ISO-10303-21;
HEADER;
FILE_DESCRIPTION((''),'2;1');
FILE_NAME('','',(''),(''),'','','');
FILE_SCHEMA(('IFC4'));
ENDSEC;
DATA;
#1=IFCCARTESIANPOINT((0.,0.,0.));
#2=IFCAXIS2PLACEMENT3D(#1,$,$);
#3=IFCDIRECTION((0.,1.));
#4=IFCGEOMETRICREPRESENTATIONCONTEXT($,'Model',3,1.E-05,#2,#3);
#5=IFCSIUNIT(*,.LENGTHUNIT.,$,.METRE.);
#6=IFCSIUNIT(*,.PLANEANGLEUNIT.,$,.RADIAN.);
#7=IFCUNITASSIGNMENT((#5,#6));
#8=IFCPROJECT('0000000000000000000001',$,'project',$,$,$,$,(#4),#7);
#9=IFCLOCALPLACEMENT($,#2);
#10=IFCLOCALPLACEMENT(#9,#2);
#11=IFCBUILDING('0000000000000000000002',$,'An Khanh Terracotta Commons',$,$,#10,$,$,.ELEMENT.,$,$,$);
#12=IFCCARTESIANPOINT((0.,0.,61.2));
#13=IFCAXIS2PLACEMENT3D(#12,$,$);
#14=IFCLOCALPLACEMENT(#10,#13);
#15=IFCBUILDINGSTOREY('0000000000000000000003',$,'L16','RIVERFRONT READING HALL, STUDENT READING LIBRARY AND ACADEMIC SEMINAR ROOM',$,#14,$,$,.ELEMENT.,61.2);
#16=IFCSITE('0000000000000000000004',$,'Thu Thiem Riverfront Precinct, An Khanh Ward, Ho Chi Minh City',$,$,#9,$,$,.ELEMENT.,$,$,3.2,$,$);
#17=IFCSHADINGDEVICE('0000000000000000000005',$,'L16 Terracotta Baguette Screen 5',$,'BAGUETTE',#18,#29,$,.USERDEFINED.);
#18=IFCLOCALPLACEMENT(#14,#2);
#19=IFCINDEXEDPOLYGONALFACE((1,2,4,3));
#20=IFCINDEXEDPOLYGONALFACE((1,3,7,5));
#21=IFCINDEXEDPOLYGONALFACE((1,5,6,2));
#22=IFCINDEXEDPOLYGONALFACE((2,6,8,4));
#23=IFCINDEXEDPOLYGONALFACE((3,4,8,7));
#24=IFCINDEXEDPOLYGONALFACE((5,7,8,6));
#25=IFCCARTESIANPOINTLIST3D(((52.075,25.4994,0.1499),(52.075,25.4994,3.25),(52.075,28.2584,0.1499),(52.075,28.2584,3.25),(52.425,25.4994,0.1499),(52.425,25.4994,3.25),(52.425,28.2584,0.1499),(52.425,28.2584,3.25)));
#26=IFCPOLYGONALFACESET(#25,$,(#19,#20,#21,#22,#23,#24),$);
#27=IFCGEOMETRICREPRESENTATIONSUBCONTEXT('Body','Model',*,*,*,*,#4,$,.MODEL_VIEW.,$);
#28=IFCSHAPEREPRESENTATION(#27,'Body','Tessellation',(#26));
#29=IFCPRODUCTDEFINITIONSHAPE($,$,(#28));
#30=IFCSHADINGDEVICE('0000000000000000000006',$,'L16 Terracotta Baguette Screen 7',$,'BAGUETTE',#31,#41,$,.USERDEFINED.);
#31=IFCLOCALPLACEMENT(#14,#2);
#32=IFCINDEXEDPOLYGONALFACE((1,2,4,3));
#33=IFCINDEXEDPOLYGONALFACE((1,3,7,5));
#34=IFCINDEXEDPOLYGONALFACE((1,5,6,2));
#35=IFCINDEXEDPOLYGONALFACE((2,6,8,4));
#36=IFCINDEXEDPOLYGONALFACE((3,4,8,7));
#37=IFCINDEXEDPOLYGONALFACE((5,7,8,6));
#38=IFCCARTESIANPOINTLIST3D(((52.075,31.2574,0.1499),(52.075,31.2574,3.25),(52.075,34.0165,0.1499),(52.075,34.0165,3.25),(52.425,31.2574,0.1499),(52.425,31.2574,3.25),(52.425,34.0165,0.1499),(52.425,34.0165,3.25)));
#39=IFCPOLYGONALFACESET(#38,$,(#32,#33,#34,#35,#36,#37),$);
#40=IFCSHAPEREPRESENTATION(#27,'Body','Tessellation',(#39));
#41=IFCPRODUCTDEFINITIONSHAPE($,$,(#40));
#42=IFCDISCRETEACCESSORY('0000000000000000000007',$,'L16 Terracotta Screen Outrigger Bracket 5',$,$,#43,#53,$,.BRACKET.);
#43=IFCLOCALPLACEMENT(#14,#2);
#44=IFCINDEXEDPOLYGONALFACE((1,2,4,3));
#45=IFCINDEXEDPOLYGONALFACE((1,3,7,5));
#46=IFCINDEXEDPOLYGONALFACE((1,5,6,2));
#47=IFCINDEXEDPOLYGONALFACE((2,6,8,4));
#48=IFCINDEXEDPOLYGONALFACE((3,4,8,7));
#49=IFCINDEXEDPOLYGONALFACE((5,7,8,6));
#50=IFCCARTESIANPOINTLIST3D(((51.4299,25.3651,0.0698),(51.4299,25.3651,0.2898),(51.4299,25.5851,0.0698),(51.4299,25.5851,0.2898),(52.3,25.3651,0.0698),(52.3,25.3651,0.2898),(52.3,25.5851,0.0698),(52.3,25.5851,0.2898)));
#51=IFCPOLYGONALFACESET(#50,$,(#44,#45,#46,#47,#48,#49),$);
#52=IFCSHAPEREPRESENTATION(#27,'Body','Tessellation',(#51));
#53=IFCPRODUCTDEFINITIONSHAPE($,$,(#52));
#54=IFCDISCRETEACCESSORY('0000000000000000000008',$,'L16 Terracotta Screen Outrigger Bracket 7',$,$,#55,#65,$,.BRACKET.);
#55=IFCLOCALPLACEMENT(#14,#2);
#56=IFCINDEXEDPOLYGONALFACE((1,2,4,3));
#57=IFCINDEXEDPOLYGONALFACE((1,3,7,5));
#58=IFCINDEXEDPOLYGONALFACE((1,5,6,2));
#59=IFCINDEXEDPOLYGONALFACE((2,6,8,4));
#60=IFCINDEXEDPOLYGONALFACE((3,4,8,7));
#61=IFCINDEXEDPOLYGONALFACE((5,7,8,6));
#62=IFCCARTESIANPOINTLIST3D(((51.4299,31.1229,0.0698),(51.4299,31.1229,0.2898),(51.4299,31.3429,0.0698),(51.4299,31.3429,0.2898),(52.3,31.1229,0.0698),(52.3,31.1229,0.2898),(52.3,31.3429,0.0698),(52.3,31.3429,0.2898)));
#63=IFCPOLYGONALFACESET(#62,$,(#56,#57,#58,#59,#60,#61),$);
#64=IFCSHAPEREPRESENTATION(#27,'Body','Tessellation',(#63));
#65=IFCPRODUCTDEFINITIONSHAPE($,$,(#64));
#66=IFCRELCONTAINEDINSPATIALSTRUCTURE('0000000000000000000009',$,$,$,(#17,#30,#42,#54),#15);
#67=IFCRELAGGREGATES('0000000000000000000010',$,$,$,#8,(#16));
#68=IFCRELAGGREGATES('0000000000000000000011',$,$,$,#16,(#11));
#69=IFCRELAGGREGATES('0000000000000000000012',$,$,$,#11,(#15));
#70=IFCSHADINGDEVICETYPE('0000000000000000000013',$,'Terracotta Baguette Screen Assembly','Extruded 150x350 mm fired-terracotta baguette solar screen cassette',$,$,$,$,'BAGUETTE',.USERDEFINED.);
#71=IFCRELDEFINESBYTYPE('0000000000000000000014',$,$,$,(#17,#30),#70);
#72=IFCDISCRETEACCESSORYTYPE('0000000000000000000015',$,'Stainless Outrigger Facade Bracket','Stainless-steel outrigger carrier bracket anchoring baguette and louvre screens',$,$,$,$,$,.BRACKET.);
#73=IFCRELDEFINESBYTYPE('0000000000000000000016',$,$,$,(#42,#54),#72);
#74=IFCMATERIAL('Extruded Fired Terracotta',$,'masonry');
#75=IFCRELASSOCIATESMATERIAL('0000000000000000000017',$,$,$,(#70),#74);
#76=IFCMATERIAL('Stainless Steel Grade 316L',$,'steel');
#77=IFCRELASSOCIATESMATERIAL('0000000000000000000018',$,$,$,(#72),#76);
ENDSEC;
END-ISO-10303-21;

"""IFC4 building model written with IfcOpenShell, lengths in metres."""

from ifc_helpers import new_model, si_unit, direction, frame, origin, origin_2d, place, context, subcontext, project, spatial, rectangle, extrude, material, type_object, element, save


model = new_model("IFC4")

# Units and contexts
model_context = context("Model", 3, precision=1e-05, world=origin(), true_north=direction((0.0, 1.0)))
body_context = subcontext(model_context, "Body", "Model", "MODEL_VIEW")
ifc_project = project(units=[si_unit("LENGTHUNIT", "METRE"), si_unit("PLANEANGLEUNIT", "RADIAN")], contexts=[model_context])

# Site, building, storey
site_placement = place(None, origin())
site = spatial("IfcSite", under=ifc_project, at=site_placement, Name="Thu Thiem Riverfront Precinct, An Khanh Ward, Ho Chi Minh City", CompositionType="ELEMENT", RefElevation=3.2)
building_placement = place(site_placement, origin())
building = spatial("IfcBuilding", under=site, at=building_placement, Name="An Khanh Terracotta Commons", CompositionType="ELEMENT")
storey_placement = place(building_placement, frame((0.0, 0.0, 61.2)))
storey = spatial("IfcBuildingStorey", under=building, at=storey_placement, Name="L16", Description="RIVERFRONT READING HALL, STUDENT READING LIBRARY AND ACADEMIC SEMINAR ROOM", CompositionType="ELEMENT", Elevation=61.2)

# Shading devices
ifc_material_1 = material(Name="Extruded Fired Terracotta", Category="masonry")
shading_device_type = type_object("IfcShadingDeviceType", Name="Terracotta Baguette Screen Assembly", Description="Extruded 150x350 mm fired-terracotta baguette solar screen cassette", ElementType="BAGUETTE", PredefinedType="USERDEFINED", material=ifc_material_1)
for number, where, z_axis, x_axis, name in (
    (1, (52.25, 26.8789, 0.1499), (0.0, 0.0, 1.0), (0.0, 1.0, 0.0), "L16 Terracotta Baguette Screen 5"),
    (2, (52.25, 32.637, 0.1499), (0.0, 0.0, 1.0), (0.0, 1.0, 0.0), "L16 Terracotta Baguette Screen 7"),
):
    element("IfcShadingDevice", number, at=place(storey_placement, frame(where, z_axis=z_axis, x_axis=x_axis)), inside=storey, type_object=shading_device_type, Name=name, ObjectType="BAGUETTE", PredefinedType="USERDEFINED", context=body_context, shape_type="SweptSolid", body=[
        extrude(rectangle(XDim=2.759, YDim=0.3501, at=origin_2d()), origin(), (0.0, 0.0, 1.0), 3.1001),
    ])

# Discrete accessories
ifc_material_2 = material(Name="Stainless Steel Grade 316L", Category="steel")
discrete_accessory_type = type_object("IfcDiscreteAccessoryType", Name="Stainless Outrigger Facade Bracket", Description="Stainless-steel outrigger carrier bracket anchoring baguette and louvre screens", PredefinedType="BRACKET", material=ifc_material_2)
for number, where, z_axis, x_axis, name in (
    (3, (51.865, 25.4751, 0.0698), (0.0, 0.0, 1.0), (0.0, 1.0, 0.0), "L16 Terracotta Screen Outrigger Bracket 5"),
    (4, (51.865, 31.2329, 0.0698), (0.0, 0.0, 1.0), (0.0, 1.0, 0.0), "L16 Terracotta Screen Outrigger Bracket 7"),
):
    element("IfcDiscreteAccessory", number, at=place(storey_placement, frame(where, z_axis=z_axis, x_axis=x_axis)), inside=storey, type_object=discrete_accessory_type, Name=name, PredefinedType="BRACKET", context=body_context, shape_type="SweptSolid", body=[
        extrude(rectangle(XDim=0.22, YDim=0.8701, at=origin_2d()), origin(), (0.0, 0.0, 1.0), 0.22),
    ])

save(model, "model.ifc")
